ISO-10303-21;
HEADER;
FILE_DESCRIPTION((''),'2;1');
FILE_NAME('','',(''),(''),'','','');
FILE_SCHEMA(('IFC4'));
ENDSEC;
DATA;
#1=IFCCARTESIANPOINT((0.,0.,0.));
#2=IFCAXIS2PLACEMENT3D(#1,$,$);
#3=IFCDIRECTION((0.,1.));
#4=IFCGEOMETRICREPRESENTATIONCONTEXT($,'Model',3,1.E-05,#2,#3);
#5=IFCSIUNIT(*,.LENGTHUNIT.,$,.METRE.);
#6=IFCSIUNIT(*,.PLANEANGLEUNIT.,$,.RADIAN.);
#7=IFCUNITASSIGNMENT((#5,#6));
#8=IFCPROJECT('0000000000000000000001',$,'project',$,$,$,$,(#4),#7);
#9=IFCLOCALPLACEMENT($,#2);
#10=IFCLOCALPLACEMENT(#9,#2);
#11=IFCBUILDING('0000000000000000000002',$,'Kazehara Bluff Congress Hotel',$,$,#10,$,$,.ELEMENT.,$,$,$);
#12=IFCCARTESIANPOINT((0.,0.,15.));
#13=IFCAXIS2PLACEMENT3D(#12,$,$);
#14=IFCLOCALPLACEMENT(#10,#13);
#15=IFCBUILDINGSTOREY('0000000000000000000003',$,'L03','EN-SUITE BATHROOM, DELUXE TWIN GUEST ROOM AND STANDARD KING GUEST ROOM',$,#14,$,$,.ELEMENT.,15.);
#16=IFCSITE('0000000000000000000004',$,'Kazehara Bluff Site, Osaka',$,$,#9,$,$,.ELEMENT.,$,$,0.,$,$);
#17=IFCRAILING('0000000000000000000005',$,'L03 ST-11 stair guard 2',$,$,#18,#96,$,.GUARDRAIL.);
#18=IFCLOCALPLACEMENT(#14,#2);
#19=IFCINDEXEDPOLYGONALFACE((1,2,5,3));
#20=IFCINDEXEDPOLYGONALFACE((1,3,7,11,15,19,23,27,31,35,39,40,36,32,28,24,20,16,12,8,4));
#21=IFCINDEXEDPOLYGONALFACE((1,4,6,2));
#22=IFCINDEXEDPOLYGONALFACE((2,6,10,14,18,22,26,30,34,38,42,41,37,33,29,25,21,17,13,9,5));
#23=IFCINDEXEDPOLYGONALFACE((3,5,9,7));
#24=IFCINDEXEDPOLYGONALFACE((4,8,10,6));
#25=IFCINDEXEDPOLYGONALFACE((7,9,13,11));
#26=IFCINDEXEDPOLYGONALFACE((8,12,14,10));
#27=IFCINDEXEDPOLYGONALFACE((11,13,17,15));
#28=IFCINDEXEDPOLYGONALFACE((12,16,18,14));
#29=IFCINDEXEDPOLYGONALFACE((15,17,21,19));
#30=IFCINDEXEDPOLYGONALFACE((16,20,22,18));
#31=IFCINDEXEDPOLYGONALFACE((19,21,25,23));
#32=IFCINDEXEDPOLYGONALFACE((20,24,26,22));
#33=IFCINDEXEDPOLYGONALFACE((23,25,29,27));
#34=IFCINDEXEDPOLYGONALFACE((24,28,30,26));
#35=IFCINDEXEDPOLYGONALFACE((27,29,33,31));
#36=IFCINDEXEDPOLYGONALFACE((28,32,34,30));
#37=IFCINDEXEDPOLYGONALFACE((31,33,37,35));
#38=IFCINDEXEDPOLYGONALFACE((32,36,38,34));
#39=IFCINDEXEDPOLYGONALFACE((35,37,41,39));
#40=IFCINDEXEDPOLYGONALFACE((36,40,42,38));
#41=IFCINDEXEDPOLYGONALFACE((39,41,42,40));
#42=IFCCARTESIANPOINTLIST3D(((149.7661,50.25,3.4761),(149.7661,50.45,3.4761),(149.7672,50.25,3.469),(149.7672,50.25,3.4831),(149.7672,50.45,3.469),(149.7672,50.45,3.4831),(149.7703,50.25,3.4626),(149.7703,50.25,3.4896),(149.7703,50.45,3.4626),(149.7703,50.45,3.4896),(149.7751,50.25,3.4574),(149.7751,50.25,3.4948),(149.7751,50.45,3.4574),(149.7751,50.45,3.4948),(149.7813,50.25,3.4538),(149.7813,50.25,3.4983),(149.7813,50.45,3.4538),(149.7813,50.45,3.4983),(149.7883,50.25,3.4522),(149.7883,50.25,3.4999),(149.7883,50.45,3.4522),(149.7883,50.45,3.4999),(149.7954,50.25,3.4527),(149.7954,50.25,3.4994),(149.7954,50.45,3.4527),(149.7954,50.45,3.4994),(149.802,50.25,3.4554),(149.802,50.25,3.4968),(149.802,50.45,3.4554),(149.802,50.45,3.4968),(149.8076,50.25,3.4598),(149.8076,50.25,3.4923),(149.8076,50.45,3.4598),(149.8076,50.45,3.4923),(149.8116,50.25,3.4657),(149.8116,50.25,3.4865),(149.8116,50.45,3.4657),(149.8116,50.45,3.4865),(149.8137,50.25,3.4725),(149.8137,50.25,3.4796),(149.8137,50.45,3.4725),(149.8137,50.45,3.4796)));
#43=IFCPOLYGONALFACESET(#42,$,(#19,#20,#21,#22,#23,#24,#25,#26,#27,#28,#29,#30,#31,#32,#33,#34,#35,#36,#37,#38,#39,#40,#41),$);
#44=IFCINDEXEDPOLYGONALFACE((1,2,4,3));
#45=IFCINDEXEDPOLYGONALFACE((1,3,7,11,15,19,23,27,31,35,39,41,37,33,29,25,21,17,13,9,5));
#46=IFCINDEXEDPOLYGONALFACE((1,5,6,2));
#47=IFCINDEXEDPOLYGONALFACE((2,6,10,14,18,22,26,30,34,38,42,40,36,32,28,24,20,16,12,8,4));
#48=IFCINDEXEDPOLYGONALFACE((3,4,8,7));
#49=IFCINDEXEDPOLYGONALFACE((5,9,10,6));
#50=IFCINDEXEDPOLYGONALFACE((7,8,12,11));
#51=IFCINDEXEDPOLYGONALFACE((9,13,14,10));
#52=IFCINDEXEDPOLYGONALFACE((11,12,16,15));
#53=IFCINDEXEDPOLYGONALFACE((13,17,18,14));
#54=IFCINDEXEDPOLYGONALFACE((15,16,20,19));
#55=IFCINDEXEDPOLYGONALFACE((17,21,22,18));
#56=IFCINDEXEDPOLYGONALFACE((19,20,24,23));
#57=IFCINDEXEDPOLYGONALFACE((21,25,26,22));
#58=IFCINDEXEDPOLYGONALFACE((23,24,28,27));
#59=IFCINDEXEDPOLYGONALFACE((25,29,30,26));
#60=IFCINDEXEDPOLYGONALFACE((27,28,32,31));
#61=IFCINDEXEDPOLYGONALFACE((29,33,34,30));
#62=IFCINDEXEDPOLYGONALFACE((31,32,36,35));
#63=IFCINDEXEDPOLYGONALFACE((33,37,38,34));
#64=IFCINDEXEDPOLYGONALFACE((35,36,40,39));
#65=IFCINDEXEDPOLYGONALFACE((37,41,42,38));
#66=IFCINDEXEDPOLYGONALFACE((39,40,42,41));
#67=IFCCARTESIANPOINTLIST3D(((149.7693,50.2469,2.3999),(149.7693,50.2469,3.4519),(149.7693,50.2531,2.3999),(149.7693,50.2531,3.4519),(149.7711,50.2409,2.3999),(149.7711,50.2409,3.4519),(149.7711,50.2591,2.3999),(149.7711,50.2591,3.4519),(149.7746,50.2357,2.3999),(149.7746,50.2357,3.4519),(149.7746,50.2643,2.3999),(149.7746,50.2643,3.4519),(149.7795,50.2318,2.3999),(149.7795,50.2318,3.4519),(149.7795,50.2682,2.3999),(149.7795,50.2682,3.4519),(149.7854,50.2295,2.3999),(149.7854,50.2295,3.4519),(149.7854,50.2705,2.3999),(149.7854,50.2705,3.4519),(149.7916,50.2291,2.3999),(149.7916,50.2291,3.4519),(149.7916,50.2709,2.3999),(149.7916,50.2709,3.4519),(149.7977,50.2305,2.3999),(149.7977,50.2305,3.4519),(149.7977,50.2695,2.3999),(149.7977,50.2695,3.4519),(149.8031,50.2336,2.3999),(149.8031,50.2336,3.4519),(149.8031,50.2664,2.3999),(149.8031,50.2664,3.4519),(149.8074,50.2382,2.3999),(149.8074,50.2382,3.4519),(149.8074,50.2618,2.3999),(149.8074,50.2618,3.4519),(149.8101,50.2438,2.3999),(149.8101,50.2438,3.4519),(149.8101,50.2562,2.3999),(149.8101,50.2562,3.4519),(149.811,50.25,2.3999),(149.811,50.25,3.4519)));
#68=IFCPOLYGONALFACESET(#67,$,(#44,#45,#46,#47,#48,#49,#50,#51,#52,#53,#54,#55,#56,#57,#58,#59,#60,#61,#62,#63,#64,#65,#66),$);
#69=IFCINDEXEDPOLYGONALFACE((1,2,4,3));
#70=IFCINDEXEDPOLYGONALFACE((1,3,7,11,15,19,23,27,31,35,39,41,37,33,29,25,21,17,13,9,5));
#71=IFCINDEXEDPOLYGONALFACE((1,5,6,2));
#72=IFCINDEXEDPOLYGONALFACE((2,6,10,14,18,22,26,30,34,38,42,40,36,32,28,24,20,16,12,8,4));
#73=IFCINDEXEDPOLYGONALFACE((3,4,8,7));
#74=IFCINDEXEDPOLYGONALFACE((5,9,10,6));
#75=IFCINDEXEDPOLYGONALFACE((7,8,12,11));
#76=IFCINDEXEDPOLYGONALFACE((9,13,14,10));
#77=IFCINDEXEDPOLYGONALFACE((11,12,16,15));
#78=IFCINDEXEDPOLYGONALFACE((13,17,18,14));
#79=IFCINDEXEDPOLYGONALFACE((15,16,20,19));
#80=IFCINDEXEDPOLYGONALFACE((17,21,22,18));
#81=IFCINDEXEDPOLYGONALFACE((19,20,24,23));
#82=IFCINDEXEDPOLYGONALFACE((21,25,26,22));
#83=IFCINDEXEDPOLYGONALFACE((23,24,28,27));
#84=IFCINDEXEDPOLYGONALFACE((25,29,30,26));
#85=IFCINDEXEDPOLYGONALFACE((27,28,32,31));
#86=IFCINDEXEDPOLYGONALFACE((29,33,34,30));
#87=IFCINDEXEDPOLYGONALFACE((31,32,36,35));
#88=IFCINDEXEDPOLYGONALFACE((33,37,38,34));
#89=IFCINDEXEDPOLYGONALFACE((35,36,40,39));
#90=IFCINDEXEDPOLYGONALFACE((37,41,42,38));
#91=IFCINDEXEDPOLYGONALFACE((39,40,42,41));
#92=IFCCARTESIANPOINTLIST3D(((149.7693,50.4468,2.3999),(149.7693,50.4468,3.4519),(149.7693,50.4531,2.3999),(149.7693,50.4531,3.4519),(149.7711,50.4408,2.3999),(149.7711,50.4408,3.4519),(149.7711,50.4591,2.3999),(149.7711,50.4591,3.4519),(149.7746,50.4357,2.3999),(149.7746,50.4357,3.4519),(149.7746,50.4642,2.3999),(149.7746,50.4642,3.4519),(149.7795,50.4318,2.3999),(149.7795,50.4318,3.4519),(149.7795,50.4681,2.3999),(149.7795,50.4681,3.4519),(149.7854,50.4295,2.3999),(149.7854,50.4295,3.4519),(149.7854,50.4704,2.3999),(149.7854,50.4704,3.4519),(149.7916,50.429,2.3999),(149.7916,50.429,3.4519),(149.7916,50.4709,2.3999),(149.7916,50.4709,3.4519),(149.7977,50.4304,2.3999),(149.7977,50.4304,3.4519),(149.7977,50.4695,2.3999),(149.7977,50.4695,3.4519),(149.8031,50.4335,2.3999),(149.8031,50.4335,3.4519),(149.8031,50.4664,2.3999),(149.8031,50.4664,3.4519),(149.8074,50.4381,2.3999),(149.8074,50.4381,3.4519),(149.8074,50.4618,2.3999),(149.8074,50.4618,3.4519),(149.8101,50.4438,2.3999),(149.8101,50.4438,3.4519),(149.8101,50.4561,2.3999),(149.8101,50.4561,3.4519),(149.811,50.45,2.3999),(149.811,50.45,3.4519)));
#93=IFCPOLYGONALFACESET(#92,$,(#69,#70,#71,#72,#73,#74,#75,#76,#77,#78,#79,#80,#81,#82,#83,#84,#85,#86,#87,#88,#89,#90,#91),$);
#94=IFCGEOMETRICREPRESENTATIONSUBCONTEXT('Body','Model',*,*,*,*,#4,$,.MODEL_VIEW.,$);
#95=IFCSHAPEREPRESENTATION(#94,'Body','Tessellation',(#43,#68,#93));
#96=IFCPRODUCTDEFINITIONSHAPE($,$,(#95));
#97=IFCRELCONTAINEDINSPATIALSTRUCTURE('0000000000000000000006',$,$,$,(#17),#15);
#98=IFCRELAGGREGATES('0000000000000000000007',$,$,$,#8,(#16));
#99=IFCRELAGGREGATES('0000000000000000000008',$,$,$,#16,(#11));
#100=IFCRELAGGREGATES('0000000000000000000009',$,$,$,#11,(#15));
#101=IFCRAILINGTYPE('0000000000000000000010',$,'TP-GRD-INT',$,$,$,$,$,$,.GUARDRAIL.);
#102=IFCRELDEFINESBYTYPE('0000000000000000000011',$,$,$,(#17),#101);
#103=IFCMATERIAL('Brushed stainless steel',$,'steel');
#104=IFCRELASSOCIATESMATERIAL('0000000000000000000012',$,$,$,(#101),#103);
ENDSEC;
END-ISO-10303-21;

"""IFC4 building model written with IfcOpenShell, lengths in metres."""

from ifc_helpers import new_model, si_unit, direction, frame, origin, origin_2d, place, context, subcontext, project, spatial, circle, extrude, material, type_object, element, save


model = new_model("IFC4")

# Units and contexts
model_context = context("Model", 3, precision=1e-05, world=origin(), true_north=direction((0.0, 1.0)))
body_context = subcontext(model_context, "Body", "Model", "MODEL_VIEW")
ifc_project = project(units=[si_unit("LENGTHUNIT", "METRE"), si_unit("PLANEANGLEUNIT", "RADIAN")], contexts=[model_context])

# Site, building, storey
site_placement = place(None, origin())
site = spatial("IfcSite", under=ifc_project, at=site_placement, Name="Kazehara Bluff Site, Osaka", CompositionType="ELEMENT", RefElevation=0.0)
building_placement = place(site_placement, origin())
building = spatial("IfcBuilding", under=site, at=building_placement, Name="Kazehara Bluff Congress Hotel", CompositionType="ELEMENT")
storey_placement = place(building_placement, frame((0.0, 0.0, 15.0)))
storey = spatial("IfcBuildingStorey", under=building, at=storey_placement, Name="L03", Description="EN-SUITE BATHROOM, DELUXE TWIN GUEST ROOM AND STANDARD KING GUEST ROOM", CompositionType="ELEMENT", Elevation=15.0)

# Railing
ifc_material_1 = material(Name="Brushed stainless steel", Category="steel")
railing_type_1 = type_object("IfcRailingType", Name="TP-GRD-INT", PredefinedType="GUARDRAIL", material=ifc_material_1)
railing_1_placement = place(storey_placement, frame((149.79, 50.25, 2.3999)))
element("IfcRailing", 1, at=railing_1_placement, inside=storey, type_object=railing_type_1, Name="L03 ST-11 stair guard 2", PredefinedType="GUARDRAIL", context=body_context, shape_type="SweptSolid", body=[
    extrude(circle(Radius=0.0239, at=origin_2d()), frame((0.0, 0.0, 1.0762), z_axis=(0.0, 1.0, 0.0), x_axis=(-1.0, 0.0, 0.0)), (0.0, 0.0, 1.0), 0.2),
    extrude(circle(Radius=0.021, at=origin_2d()), origin(), (0.0, 0.0, 1.0), 1.052),
    extrude(circle(Radius=0.021, at=origin_2d()), frame((0.0, 0.2, 0.0)), (0.0, 0.0, 1.0), 1.052),
])

save(model, "model.ifc")
